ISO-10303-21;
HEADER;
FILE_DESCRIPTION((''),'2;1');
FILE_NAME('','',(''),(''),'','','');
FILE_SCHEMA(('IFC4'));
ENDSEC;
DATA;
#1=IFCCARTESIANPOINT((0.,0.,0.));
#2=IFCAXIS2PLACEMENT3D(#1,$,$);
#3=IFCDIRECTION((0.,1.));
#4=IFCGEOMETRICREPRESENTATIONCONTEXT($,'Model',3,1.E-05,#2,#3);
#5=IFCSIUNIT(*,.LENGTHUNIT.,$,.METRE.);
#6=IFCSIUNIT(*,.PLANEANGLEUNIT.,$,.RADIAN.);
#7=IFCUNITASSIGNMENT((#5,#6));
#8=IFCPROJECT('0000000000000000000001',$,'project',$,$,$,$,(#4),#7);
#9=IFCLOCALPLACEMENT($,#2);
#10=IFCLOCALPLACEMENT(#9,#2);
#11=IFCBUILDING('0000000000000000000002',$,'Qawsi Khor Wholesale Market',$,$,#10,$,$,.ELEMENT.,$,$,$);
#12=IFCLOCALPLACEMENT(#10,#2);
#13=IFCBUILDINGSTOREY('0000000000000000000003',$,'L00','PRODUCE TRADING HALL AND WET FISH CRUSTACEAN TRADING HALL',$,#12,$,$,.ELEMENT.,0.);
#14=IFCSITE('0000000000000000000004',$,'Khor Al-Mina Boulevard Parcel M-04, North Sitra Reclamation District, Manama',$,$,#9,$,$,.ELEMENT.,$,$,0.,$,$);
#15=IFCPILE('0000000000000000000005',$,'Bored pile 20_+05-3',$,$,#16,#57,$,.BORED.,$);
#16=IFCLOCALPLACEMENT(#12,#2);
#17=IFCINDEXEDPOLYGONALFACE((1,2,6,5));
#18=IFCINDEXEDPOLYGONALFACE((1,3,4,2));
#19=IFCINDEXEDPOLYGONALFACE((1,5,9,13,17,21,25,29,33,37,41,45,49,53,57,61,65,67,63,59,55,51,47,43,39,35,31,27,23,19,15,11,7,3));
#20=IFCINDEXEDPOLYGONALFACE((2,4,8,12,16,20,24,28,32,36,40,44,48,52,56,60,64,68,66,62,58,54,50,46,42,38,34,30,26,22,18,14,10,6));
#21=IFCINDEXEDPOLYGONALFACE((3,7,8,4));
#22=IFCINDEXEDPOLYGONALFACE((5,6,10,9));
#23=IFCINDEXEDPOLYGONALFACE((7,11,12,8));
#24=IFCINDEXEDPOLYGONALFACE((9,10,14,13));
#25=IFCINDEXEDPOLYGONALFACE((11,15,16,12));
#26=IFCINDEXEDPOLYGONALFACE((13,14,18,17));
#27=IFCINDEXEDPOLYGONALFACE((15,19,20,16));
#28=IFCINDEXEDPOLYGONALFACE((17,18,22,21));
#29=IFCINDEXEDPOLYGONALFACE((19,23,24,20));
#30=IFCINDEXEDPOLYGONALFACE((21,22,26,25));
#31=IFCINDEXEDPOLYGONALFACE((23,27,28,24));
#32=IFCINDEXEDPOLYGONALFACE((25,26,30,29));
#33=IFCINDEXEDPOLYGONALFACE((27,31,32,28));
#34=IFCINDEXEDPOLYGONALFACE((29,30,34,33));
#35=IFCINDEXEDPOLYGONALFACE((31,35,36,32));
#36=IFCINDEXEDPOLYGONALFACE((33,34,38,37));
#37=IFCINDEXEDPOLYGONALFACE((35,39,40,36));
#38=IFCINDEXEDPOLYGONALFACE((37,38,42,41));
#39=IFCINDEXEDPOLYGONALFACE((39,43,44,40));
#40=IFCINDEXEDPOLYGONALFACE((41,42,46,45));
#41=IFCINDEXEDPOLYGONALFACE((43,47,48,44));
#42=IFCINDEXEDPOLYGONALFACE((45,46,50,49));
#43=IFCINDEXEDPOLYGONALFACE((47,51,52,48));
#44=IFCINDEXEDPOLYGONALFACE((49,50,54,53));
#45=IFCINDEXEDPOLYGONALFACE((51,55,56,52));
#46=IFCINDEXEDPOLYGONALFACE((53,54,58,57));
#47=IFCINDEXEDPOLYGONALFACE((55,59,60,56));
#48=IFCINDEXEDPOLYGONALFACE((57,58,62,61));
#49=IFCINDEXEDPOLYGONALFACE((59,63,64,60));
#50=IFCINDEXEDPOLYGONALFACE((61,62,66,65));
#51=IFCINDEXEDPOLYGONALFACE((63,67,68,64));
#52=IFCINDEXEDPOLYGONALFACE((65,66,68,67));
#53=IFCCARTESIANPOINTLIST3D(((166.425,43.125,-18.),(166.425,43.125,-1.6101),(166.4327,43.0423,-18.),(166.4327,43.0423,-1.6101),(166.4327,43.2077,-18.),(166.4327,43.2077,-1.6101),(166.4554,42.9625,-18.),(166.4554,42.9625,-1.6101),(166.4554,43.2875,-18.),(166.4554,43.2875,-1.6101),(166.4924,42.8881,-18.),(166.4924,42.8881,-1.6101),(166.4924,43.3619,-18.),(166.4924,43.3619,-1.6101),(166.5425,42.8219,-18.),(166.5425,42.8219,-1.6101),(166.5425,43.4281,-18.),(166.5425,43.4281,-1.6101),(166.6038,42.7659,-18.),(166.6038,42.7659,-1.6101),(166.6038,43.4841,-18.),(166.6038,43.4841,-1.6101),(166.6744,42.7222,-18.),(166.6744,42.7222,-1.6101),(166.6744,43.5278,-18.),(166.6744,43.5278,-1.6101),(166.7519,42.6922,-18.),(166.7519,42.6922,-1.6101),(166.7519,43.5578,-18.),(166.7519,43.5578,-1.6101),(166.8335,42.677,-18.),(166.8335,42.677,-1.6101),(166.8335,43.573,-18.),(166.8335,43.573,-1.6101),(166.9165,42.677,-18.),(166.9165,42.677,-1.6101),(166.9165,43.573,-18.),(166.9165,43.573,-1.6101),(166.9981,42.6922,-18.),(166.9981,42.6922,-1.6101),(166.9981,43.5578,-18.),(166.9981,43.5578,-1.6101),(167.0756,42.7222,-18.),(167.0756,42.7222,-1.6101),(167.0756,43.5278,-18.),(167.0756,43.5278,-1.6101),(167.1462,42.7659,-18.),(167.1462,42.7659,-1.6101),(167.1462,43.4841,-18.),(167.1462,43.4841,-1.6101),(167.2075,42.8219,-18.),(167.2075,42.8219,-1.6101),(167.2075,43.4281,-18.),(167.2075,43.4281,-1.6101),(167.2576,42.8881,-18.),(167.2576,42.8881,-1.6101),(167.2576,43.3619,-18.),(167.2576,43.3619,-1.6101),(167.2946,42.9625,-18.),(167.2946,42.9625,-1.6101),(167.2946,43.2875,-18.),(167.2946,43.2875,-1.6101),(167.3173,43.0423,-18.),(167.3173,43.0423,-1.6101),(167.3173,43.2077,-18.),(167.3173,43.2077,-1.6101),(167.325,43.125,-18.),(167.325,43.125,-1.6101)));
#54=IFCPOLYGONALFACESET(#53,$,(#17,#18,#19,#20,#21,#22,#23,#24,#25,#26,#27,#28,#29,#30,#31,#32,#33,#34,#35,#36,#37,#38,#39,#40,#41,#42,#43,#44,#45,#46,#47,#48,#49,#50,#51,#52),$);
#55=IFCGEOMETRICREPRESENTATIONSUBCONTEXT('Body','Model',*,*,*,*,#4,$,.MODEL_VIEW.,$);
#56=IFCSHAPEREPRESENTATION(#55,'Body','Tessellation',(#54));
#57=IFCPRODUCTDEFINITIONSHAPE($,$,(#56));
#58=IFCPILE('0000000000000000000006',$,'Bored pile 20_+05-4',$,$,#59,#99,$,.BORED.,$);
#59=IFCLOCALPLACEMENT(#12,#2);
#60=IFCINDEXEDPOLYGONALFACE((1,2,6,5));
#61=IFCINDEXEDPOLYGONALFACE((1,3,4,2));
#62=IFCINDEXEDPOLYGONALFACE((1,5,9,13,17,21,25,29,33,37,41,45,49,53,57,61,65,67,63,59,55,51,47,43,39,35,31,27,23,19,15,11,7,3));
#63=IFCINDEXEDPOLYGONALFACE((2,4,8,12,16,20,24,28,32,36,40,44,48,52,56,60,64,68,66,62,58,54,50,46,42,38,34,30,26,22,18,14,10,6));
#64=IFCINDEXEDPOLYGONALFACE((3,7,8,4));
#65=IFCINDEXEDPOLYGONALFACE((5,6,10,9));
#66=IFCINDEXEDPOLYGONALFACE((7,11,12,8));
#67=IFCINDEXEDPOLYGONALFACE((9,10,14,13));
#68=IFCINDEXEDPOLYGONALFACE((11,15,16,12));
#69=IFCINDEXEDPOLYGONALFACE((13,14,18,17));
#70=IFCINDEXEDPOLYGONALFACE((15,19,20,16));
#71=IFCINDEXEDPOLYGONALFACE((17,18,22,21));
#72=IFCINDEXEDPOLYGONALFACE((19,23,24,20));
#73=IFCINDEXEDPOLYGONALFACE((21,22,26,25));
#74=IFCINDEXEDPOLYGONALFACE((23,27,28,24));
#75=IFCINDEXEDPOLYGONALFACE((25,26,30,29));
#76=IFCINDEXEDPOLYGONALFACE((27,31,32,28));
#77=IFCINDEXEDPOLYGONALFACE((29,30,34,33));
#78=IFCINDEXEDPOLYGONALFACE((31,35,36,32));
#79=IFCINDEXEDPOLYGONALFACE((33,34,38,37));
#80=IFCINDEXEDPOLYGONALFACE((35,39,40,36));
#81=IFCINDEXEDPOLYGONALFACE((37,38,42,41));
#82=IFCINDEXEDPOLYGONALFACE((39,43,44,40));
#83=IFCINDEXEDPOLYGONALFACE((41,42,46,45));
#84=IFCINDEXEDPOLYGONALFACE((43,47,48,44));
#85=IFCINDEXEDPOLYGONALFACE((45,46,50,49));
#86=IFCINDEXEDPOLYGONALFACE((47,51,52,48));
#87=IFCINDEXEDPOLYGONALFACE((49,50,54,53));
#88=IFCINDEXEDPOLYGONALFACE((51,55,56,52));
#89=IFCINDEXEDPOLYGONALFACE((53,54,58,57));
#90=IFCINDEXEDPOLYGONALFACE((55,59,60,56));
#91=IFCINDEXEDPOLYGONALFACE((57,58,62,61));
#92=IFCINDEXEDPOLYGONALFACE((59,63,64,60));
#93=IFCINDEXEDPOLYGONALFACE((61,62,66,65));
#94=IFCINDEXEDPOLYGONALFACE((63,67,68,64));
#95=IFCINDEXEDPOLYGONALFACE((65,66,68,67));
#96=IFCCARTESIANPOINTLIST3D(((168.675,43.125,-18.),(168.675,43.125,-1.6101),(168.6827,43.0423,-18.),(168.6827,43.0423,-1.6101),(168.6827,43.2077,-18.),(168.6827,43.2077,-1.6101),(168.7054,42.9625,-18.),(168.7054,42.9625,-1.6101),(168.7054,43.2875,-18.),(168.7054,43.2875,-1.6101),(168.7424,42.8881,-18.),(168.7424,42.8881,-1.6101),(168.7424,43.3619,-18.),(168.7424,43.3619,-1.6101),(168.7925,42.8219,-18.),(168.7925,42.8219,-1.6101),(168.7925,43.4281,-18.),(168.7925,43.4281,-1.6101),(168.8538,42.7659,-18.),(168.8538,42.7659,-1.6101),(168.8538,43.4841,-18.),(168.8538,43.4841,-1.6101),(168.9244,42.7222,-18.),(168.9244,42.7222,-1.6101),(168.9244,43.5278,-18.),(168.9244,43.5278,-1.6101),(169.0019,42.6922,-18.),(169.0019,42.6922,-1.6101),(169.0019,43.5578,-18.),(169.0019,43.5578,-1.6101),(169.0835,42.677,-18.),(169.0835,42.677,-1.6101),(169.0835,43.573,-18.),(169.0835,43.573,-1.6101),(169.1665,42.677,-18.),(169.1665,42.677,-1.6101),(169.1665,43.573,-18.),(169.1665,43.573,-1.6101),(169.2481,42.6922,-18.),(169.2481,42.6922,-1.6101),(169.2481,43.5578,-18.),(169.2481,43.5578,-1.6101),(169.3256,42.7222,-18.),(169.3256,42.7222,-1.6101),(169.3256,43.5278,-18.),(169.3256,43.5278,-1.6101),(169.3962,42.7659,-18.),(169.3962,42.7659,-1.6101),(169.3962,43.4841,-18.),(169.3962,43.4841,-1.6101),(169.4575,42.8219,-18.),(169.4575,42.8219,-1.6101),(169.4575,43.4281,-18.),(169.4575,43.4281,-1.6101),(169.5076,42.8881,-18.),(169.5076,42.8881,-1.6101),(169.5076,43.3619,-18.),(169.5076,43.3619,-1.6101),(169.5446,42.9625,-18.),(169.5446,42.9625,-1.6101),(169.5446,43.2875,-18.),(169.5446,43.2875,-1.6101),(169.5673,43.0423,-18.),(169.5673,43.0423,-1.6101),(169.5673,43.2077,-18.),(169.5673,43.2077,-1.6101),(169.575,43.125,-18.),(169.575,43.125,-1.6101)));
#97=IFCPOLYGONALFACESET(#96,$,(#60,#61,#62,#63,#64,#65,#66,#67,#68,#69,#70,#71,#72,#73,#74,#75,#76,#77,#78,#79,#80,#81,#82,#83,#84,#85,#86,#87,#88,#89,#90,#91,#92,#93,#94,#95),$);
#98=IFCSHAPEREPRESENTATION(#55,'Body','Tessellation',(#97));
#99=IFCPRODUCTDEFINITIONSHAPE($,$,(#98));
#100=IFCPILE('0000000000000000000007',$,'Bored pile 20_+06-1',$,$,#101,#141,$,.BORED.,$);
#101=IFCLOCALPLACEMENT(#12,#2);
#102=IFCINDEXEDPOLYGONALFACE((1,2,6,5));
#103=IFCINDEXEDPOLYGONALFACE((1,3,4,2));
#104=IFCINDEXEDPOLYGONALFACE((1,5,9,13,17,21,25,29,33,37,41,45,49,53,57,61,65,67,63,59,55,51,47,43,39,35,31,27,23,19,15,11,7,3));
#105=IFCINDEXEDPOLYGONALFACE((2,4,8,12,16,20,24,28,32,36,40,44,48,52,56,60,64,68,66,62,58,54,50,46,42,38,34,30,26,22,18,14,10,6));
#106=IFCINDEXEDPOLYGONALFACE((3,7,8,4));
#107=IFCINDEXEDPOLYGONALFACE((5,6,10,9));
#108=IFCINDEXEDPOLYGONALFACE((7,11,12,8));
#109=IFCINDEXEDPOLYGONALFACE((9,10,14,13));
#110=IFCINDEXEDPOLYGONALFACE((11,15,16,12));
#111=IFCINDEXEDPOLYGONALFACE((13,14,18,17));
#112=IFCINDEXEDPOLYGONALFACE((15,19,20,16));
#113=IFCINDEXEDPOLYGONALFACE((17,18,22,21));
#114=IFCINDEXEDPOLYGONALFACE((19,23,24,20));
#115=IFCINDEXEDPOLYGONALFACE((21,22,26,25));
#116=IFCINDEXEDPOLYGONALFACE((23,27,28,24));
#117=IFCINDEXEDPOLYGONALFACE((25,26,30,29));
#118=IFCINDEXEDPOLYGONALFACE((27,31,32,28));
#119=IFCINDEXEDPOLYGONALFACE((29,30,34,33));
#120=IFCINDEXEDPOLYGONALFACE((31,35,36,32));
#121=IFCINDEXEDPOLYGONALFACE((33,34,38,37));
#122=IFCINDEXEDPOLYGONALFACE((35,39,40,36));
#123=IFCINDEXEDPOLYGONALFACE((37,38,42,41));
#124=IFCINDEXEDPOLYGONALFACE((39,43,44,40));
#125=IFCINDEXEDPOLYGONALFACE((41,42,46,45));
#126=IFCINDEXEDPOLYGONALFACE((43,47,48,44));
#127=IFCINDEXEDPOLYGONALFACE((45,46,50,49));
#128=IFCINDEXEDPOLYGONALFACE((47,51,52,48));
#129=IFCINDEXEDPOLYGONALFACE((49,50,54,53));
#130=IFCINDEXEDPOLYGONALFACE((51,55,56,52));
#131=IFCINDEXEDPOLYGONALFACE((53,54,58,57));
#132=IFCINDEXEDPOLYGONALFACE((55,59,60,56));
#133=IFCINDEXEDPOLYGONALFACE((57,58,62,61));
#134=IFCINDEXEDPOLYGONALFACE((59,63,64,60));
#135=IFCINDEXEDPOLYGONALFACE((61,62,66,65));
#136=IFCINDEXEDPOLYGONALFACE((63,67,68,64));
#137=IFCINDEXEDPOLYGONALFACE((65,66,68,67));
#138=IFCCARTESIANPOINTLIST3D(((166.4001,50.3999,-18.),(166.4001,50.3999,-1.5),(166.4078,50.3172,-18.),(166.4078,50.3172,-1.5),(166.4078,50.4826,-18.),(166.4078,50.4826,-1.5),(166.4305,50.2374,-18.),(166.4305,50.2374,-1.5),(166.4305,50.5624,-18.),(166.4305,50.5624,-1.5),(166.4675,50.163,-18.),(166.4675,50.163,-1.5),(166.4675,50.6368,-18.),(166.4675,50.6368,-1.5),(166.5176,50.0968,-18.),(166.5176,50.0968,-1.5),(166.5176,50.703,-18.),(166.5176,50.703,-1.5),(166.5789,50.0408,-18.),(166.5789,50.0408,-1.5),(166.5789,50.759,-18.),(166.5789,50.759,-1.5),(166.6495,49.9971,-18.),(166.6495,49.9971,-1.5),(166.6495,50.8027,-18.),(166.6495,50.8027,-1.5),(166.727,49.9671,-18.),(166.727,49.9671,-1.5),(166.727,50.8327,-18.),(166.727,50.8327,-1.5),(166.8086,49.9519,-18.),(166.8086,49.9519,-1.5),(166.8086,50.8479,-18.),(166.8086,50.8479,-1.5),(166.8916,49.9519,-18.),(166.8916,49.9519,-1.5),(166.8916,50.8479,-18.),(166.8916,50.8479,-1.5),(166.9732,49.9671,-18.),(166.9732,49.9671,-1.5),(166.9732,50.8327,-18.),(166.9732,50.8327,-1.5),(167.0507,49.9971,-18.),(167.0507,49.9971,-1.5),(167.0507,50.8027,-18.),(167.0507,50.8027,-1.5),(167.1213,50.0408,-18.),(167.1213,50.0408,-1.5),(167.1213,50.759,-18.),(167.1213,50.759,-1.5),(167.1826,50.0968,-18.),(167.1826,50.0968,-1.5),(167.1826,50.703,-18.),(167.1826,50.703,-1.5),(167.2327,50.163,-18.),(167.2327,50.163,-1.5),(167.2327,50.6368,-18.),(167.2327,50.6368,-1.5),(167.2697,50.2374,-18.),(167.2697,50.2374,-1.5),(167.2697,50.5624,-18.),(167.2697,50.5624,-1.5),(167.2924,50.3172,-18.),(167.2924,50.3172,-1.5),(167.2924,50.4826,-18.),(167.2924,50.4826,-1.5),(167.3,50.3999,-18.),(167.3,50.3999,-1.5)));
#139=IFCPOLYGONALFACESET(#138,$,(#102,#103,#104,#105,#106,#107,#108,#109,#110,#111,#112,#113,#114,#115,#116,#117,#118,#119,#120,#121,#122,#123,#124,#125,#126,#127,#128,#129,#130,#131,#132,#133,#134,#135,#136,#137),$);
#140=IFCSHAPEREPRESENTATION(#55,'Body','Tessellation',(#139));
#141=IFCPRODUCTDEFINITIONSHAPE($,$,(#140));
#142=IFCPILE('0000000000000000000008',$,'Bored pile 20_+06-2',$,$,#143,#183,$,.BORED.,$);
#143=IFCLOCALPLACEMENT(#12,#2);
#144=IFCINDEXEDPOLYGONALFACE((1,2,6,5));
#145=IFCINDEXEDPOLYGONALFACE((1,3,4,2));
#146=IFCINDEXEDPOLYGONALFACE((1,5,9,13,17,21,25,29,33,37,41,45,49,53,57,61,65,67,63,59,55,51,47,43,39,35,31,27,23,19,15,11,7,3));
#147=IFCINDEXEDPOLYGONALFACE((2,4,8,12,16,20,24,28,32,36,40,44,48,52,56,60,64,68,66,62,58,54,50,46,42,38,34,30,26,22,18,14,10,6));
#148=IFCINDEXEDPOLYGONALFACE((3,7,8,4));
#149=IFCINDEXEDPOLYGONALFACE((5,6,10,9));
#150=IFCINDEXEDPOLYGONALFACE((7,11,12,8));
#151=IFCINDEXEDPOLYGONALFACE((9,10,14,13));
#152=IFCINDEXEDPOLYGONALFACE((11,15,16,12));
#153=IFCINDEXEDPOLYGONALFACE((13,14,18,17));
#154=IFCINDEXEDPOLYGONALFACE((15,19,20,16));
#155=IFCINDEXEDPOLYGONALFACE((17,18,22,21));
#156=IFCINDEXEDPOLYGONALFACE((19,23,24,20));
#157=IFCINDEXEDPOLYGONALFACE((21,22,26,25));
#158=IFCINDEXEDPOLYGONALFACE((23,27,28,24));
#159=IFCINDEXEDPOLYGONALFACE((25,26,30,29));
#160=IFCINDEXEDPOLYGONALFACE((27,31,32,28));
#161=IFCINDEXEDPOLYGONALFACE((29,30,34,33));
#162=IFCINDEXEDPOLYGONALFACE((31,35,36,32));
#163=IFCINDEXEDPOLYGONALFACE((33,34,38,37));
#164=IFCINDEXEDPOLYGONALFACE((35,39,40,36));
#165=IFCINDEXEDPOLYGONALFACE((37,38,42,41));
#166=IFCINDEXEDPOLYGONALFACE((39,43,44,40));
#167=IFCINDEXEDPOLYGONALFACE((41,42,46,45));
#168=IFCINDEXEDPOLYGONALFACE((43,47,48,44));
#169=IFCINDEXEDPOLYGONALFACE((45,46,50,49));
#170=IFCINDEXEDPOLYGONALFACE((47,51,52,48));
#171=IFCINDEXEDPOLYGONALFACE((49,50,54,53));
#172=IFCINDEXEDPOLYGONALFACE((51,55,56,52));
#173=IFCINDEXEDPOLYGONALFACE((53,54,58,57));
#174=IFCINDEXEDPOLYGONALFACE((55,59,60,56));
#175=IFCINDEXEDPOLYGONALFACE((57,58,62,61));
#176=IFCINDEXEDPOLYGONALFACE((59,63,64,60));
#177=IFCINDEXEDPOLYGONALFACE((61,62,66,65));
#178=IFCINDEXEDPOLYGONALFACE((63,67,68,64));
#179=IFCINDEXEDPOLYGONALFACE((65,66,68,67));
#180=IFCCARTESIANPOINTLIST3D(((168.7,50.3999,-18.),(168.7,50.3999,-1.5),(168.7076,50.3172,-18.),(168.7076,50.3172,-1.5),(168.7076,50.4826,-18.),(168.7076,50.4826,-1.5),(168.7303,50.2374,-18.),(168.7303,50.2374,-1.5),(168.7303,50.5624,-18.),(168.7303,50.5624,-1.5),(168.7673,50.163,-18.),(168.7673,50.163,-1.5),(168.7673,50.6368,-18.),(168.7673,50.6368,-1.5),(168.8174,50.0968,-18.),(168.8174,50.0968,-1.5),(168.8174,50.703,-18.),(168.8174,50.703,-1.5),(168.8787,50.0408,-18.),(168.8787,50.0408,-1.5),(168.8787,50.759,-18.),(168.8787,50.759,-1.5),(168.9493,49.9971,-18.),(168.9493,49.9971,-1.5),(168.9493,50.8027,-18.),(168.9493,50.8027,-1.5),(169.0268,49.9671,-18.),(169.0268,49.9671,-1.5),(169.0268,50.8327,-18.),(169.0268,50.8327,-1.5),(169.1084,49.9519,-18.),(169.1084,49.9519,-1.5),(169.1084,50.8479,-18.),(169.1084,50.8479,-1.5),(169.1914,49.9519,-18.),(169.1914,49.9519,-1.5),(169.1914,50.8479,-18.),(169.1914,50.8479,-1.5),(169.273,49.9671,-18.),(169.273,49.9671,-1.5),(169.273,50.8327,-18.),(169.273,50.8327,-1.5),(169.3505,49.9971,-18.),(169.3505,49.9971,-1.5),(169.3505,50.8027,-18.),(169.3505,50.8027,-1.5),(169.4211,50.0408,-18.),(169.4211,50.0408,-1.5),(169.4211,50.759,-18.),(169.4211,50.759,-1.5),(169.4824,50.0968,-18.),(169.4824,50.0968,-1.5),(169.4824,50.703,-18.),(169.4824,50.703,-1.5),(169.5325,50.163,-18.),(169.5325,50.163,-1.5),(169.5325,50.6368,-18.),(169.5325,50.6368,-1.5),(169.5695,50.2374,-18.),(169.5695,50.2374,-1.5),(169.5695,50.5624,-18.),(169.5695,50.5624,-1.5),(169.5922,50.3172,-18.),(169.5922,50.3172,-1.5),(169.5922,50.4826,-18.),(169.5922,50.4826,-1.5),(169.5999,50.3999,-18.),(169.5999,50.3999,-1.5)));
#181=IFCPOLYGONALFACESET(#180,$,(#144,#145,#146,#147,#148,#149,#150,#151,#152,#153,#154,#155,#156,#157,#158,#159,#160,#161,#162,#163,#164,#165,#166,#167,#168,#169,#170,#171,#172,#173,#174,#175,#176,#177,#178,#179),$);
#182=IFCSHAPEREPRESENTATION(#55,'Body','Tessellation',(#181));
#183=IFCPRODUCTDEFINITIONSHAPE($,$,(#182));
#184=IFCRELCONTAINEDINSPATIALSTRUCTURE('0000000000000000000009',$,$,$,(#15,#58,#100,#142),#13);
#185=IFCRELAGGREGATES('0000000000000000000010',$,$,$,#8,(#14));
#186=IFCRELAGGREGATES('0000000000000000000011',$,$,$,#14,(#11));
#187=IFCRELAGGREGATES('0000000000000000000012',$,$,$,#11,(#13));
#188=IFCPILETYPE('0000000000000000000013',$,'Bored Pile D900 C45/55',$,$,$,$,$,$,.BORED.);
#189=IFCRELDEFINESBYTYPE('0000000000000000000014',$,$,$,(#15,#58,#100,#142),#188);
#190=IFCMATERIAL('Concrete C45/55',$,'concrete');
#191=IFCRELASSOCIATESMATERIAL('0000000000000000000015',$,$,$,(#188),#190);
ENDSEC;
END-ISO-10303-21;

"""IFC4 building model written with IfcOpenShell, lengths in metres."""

from ifc_helpers import new_model, si_unit, direction, frame, origin, origin_2d, place, context, subcontext, project, spatial, circle, extrude, material, material_profile, profile_set, type_object, element, save


model = new_model("IFC4")

# Units and contexts
model_context = context("Model", 3, precision=1e-05, world=origin(), true_north=direction((0.0, 1.0)))
body_context = subcontext(model_context, "Body", "Model", "MODEL_VIEW")
ifc_project = project(units=[si_unit("LENGTHUNIT", "METRE"), si_unit("PLANEANGLEUNIT", "RADIAN")], contexts=[model_context])

# Site, building, storey
site_placement = place(None, origin())
site = spatial("IfcSite", under=ifc_project, at=site_placement, Name="Khor Al-Mina Boulevard Parcel M-04, North Sitra Reclamation District, Manama", CompositionType="ELEMENT", RefElevation=0.0)
building_placement = place(site_placement, origin())
building = spatial("IfcBuilding", under=site, at=building_placement, Name="Qawsi Khor Wholesale Market", CompositionType="ELEMENT")
storey_placement = place(building_placement, origin())
storey = spatial("IfcBuildingStorey", under=building, at=storey_placement, Name="L00", Description="PRODUCE TRADING HALL AND WET FISH CRUSTACEAN TRADING HALL", CompositionType="ELEMENT", Elevation=0.0)

# Piles
ifc_material_1 = material(Name="Concrete C45/55", Category="concrete")
ifc_material_profile_1 = material_profile(ifc_material_1, circle(Radius=0.45, at=origin_2d()), Name="PILE D900")
ifc_profile_set_1 = profile_set([ifc_material_profile_1], Name="Concrete C45/55")
pile_type_1 = type_object("IfcPileType", Name="Bored Pile D900 C45/55", PredefinedType="BORED", material=ifc_profile_set_1)
for number, where, z_axis, x_axis, name in (
    (1, (166.875, 43.125, -1.6101), (0.0, 0.0, -1.0), (1.0, 0.0, 0.0), "Bored pile 20_+05-3"),
    (2, (169.125, 43.125, -1.6101), (0.0, 0.0, -1.0), (1.0, 0.0, 0.0), "Bored pile 20_+05-4"),
):
    element("IfcPile", number, at=place(storey_placement, frame(where, z_axis=z_axis, x_axis=x_axis)), inside=storey, type_object=pile_type_1, Name=name, PredefinedType="BORED", context=body_context, shape_type="SweptSolid", body=[
        extrude(circle(Radius=0.45, at=origin_2d()), origin(), (0.0, 0.0, 1.0), 16.3899),
    ])
for number, where, z_axis, x_axis, name in (
    (3, (166.8501, 50.3999, -1.5), (0.0, 0.0, -1.0), (1.0, 0.0, 0.0), "Bored pile 20_+06-1"),
    (4, (169.1499, 50.3999, -1.5), (0.0, 0.0, -1.0), (1.0, 0.0, 0.0), "Bored pile 20_+06-2"),
):
    element("IfcPile", number, at=place(storey_placement, frame(where, z_axis=z_axis, x_axis=x_axis)), inside=storey, type_object=pile_type_1, Name=name, PredefinedType="BORED", context=body_context, shape_type="SweptSolid", body=[
        extrude(circle(Radius=0.45, at=origin_2d()), origin(), (0.0, 0.0, 1.0), 16.5),
    ])

save(model, "model.ifc")
